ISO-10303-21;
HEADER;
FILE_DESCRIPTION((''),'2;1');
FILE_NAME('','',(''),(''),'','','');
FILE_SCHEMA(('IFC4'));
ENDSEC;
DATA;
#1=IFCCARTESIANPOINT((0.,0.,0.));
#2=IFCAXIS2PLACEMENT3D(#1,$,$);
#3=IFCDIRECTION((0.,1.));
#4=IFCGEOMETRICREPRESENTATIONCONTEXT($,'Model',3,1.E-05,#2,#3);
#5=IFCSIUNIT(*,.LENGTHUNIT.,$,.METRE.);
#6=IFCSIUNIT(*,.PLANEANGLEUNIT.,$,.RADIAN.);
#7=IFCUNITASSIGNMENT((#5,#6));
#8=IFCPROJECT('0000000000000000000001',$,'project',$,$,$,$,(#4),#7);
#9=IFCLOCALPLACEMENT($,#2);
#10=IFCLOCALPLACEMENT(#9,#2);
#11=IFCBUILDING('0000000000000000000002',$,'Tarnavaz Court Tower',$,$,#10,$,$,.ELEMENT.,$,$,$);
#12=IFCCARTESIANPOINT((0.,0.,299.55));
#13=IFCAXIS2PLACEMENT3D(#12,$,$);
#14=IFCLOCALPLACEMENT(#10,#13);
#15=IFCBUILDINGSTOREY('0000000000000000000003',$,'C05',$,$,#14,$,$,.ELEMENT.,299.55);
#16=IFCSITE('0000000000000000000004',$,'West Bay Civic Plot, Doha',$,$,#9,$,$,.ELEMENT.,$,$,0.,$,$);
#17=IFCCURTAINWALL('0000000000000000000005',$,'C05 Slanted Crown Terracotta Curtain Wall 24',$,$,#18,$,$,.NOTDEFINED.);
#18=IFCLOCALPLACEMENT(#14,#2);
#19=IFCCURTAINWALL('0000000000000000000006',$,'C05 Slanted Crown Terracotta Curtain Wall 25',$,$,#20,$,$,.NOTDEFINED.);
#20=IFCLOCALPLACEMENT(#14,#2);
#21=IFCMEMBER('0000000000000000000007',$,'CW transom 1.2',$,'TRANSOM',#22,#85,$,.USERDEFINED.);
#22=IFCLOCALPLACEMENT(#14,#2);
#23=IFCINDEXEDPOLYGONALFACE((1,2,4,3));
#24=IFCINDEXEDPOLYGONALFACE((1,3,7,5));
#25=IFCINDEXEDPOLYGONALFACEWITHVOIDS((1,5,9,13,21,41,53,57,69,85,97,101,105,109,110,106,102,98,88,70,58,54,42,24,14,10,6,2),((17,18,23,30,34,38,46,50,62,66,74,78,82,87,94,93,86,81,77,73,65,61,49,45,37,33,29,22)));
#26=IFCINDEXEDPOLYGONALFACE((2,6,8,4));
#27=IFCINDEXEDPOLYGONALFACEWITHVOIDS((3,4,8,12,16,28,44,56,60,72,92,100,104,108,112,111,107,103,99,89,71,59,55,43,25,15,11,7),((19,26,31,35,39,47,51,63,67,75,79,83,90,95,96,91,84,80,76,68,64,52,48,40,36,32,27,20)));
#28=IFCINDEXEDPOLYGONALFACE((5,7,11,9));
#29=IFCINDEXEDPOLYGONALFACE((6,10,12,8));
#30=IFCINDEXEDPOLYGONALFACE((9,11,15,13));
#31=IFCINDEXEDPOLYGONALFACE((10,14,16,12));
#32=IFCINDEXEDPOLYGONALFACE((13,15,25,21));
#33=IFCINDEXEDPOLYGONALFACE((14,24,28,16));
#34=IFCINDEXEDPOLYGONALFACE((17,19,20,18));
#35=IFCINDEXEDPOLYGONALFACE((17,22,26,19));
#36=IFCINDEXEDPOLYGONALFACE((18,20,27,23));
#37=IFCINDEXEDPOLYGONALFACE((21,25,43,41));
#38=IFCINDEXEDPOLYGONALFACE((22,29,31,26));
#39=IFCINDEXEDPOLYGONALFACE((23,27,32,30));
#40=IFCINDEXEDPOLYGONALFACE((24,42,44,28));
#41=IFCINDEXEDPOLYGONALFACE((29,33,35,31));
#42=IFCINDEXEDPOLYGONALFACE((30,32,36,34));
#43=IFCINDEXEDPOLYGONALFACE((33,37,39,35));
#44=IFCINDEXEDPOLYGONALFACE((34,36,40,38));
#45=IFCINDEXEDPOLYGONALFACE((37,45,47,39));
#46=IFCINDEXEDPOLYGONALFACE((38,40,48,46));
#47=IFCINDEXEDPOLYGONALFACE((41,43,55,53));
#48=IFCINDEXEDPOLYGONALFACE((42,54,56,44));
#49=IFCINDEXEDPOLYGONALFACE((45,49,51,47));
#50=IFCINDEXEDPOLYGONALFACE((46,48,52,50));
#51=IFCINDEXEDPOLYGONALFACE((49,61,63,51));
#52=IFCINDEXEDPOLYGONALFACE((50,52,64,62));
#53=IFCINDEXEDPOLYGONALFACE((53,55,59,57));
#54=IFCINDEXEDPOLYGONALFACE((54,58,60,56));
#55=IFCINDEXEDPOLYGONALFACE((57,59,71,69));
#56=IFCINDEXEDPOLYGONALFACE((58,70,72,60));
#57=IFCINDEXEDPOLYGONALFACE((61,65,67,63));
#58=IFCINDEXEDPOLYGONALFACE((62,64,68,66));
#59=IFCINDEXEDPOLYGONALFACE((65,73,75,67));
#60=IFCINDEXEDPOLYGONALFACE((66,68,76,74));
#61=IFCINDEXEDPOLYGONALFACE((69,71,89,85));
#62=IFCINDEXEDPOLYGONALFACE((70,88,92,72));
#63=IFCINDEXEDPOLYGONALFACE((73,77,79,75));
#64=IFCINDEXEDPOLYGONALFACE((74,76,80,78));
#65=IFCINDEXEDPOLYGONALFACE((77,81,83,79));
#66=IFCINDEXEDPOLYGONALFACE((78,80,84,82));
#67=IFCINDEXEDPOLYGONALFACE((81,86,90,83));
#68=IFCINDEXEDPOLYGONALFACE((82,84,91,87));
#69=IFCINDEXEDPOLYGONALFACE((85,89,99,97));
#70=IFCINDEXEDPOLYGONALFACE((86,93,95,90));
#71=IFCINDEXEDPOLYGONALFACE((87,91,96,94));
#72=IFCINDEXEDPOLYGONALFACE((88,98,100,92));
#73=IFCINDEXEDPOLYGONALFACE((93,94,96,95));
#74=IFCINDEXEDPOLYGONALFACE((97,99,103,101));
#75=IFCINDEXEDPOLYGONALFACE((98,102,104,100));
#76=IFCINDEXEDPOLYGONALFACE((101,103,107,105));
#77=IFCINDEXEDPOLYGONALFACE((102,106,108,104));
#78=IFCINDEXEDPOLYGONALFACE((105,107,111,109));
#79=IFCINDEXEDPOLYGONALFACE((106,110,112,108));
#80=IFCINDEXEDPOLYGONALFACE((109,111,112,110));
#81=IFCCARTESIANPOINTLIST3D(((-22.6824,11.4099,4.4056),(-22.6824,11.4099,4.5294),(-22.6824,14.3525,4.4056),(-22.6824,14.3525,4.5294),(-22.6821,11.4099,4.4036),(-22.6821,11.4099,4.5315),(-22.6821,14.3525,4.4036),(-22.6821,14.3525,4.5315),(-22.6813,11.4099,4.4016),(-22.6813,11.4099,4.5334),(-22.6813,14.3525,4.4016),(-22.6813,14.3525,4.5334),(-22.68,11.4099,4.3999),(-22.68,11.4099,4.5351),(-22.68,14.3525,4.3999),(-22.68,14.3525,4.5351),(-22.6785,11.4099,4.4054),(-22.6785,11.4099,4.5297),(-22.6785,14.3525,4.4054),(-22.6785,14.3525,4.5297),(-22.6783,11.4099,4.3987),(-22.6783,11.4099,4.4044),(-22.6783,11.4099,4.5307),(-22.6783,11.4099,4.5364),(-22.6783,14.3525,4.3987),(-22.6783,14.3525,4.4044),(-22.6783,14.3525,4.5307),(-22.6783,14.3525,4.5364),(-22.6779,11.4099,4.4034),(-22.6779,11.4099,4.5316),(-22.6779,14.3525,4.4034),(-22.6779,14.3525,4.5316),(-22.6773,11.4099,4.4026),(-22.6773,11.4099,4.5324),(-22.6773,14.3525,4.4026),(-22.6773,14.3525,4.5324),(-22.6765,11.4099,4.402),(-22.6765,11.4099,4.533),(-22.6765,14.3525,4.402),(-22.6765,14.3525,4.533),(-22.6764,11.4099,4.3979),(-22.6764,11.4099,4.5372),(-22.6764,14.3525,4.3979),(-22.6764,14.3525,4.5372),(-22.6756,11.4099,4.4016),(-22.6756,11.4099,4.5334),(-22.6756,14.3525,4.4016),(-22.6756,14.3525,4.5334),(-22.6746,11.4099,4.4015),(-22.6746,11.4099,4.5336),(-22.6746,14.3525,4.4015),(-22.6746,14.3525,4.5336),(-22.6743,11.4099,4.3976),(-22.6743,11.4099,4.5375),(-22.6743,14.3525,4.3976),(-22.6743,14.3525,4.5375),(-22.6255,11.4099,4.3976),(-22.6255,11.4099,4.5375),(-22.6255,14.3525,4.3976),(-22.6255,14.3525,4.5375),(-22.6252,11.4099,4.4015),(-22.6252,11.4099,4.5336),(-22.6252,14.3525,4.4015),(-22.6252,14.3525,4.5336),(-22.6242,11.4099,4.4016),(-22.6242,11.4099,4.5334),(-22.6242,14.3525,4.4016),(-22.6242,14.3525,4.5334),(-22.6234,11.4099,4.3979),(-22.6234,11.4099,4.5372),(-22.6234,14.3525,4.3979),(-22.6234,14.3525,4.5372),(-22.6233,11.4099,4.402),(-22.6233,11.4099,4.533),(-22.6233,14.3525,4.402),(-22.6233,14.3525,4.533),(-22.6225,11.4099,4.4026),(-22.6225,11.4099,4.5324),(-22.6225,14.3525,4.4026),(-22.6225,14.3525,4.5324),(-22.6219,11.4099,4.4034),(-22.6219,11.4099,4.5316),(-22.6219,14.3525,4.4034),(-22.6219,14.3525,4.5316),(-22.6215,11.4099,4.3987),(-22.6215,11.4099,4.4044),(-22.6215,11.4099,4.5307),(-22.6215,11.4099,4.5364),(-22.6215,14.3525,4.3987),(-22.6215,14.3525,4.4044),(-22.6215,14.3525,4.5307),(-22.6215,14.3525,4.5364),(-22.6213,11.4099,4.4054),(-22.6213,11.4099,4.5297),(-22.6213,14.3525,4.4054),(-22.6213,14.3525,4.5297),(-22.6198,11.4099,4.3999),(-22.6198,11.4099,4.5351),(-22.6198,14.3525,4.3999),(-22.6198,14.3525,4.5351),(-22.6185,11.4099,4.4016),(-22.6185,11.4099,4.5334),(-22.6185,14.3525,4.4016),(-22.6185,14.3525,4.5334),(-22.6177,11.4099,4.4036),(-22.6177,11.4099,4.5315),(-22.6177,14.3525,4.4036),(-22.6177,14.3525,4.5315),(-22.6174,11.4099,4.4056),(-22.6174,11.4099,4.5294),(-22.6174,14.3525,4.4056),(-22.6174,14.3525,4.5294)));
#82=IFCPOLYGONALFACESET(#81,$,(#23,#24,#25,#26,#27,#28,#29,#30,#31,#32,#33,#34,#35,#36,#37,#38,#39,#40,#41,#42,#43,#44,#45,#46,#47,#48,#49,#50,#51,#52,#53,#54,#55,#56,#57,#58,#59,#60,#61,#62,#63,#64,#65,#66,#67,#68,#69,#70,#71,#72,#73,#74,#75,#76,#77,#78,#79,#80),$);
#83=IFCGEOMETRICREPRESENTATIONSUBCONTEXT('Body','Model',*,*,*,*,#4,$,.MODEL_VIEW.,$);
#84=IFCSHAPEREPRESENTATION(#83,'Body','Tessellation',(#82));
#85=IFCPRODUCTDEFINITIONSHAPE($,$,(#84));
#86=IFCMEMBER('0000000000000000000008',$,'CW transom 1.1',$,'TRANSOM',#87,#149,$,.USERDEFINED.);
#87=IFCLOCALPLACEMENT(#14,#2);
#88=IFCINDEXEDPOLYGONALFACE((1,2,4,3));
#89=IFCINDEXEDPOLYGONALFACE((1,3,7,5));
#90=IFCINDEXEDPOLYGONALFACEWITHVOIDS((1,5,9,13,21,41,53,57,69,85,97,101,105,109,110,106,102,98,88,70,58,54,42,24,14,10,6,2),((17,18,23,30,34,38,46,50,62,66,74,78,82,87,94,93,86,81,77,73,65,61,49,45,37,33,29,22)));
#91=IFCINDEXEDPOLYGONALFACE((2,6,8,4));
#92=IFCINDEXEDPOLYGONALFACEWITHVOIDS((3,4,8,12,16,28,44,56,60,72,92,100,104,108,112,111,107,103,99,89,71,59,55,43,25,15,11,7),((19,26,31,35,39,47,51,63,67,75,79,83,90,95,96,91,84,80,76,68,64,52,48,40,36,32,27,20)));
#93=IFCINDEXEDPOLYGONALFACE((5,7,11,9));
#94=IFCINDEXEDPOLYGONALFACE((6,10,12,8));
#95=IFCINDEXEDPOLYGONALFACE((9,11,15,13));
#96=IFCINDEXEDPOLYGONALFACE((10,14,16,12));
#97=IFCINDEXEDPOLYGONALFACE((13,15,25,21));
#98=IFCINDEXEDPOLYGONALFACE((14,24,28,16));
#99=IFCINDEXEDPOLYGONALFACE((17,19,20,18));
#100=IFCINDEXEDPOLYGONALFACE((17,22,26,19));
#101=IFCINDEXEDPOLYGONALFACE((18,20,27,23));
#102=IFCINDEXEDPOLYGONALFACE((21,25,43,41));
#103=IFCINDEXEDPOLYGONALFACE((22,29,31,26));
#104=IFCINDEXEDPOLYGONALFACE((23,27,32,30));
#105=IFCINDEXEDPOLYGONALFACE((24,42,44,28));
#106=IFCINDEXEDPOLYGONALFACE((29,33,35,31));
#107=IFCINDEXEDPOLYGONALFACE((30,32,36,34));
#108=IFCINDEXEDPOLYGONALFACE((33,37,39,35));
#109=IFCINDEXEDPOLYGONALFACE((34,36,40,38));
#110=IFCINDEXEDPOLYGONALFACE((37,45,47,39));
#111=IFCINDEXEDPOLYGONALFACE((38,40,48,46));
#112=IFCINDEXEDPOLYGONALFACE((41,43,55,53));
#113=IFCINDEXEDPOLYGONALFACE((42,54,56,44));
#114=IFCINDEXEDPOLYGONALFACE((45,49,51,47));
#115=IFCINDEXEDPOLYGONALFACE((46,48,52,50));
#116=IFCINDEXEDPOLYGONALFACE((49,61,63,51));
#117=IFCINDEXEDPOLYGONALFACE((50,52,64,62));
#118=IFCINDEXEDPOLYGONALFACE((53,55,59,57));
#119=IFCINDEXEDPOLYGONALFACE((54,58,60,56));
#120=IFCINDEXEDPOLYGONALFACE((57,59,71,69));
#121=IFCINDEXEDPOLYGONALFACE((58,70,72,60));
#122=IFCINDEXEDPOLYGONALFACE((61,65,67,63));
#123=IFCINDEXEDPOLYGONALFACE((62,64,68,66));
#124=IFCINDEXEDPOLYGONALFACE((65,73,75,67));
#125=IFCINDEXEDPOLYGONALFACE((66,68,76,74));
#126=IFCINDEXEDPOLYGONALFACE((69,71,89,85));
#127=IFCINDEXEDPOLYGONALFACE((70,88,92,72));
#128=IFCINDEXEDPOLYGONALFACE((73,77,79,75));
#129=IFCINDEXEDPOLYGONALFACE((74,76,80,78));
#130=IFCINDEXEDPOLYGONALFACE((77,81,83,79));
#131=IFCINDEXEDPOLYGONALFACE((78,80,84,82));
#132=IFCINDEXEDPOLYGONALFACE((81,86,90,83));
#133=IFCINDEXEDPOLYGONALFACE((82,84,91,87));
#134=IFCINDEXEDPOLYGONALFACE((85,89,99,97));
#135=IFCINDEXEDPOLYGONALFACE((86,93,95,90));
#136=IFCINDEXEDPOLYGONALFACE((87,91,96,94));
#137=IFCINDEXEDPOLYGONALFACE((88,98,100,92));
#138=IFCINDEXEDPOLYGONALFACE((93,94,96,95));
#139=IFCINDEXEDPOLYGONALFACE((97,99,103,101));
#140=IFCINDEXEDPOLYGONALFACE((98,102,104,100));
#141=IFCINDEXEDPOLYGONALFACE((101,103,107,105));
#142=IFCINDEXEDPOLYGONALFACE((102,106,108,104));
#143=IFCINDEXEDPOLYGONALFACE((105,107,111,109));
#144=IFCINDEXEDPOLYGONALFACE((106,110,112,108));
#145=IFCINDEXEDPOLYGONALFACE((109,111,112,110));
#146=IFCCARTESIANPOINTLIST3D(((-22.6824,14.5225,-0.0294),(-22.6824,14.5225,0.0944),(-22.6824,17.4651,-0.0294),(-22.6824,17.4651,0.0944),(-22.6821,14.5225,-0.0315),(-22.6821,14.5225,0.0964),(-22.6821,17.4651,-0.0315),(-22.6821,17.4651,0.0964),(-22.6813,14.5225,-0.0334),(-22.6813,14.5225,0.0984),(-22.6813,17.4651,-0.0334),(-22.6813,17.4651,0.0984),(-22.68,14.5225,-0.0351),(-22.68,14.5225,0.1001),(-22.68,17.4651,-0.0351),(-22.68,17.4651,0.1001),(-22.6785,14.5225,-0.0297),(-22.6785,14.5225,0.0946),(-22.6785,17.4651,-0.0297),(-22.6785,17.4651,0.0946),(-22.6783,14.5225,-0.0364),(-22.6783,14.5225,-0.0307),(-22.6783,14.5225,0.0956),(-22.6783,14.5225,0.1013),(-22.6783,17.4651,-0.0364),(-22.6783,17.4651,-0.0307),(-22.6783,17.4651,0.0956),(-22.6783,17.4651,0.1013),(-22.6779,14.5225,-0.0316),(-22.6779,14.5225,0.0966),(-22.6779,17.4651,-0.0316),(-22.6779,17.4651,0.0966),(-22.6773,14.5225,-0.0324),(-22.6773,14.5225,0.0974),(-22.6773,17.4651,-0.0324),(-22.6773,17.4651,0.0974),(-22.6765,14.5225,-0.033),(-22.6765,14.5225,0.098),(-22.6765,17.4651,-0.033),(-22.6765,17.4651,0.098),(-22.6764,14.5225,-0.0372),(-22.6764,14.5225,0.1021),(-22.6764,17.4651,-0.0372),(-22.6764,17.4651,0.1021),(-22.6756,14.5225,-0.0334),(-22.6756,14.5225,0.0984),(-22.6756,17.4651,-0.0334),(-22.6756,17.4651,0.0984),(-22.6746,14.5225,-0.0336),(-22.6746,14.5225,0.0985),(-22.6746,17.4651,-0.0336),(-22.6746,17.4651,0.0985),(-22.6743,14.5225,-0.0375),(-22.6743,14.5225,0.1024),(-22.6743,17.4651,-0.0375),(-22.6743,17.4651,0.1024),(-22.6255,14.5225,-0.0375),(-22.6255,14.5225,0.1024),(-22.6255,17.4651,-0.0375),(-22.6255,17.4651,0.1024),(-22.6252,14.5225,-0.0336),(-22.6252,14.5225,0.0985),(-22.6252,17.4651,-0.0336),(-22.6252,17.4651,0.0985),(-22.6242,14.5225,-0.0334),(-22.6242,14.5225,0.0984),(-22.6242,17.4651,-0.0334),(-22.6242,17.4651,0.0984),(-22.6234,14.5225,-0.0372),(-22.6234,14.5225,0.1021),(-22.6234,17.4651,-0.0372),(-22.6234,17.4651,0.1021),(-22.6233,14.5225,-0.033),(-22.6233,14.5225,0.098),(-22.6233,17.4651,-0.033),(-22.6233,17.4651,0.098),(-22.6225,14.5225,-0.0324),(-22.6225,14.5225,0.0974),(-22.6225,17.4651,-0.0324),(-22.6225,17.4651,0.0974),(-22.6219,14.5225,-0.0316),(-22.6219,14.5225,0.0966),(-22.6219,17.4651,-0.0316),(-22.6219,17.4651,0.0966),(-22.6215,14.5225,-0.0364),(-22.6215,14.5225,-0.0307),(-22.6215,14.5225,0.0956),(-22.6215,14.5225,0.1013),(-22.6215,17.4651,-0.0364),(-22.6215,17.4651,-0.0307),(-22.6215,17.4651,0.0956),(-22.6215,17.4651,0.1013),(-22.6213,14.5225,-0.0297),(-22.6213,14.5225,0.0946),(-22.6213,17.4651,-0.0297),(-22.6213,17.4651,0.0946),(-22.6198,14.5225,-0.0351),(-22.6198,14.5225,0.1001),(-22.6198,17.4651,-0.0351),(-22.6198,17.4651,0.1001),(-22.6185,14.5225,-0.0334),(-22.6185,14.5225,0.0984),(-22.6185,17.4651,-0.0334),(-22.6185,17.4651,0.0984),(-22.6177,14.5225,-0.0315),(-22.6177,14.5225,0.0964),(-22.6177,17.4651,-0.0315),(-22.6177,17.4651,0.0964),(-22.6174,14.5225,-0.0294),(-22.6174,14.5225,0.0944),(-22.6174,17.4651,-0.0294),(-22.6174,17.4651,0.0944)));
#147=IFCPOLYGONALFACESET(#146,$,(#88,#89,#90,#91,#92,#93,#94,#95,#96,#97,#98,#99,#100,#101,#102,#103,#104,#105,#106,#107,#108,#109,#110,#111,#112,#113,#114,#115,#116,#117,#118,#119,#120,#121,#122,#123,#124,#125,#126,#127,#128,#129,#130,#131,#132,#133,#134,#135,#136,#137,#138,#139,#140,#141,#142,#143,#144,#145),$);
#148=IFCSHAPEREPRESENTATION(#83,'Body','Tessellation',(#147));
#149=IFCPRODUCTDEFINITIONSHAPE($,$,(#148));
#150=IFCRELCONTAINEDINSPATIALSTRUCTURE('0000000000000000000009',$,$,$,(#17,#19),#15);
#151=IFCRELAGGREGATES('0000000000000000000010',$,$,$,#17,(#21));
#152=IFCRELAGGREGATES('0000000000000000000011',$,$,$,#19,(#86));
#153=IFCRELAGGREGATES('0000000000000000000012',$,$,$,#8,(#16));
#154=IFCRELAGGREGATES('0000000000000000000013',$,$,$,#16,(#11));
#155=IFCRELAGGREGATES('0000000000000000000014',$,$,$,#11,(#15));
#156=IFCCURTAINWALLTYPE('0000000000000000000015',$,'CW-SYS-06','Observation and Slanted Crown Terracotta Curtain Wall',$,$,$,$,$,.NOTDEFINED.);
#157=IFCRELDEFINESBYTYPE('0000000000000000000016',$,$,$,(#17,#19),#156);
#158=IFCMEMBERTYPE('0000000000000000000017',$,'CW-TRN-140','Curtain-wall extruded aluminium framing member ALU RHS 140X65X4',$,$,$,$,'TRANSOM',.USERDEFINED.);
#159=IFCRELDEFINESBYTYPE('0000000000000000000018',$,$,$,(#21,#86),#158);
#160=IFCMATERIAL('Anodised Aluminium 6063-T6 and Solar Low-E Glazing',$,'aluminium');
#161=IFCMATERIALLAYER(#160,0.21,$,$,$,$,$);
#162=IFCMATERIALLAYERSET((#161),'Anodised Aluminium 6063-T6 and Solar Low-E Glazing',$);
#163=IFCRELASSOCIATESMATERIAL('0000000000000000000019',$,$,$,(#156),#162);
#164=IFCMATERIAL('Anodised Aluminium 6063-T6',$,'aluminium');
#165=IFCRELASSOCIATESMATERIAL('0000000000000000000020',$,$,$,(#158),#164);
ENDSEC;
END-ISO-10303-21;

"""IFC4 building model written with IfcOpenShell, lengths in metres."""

from ifc_helpers import new_model, si_unit, direction, frame, origin, origin_2d, place, context, subcontext, project, spatial, hollow_rectangle, extrude, material, layer, layer_set, material_profile, profile_set, type_object, element, aggregate, save


model = new_model("IFC4")

# Units and contexts
model_context = context("Model", 3, precision=1e-05, world=origin(), true_north=direction((0.0, 1.0)))
body_context = subcontext(model_context, "Body", "Model", "MODEL_VIEW")
ifc_project = project(units=[si_unit("LENGTHUNIT", "METRE"), si_unit("PLANEANGLEUNIT", "RADIAN")], contexts=[model_context])

# Site, building, storey
site_placement = place(None, origin())
site = spatial("IfcSite", under=ifc_project, at=site_placement, Name="West Bay Civic Plot, Doha", CompositionType="ELEMENT", RefElevation=0.0)
building_placement = place(site_placement, origin())
building = spatial("IfcBuilding", under=site, at=building_placement, Name="Tarnavaz Court Tower", CompositionType="ELEMENT")
storey_placement = place(building_placement, frame((0.0, 0.0, 299.55)))
storey = spatial("IfcBuildingStorey", under=building, at=storey_placement, Name="C05", CompositionType="ELEMENT", Elevation=299.55)

# Shared definitions
ifc_material_1 = material(Name="Anodised Aluminium 6063-T6 and Solar Low-E Glazing", Category="aluminium")
ifc_layer_1 = layer(ifc_material_1, 0.21)
ifc_layer_set_1 = layer_set([ifc_layer_1], Name="Anodised Aluminium 6063-T6 and Solar Low-E Glazing")
curtain_wall_type = type_object("IfcCurtainWallType", Name="CW-SYS-06", Description="Observation and Slanted Crown Terracotta Curtain Wall", PredefinedType="NOTDEFINED", material=ifc_layer_set_1)
ifc_material_2 = material(Name="Anodised Aluminium 6063-T6", Category="aluminium")

# Curtain walls
curtain_wall_1_placement = place(storey_placement, origin())
curtain_wall_1 = element("IfcCurtainWall", 1, at=curtain_wall_1_placement, inside=storey, type_object=curtain_wall_type, Name="C05 Slanted Crown Terracotta Curtain Wall 24", PredefinedType="NOTDEFINED")
curtain_wall_2_placement = place(storey_placement, origin())
curtain_wall_2 = element("IfcCurtainWall", 2, at=curtain_wall_2_placement, inside=storey, type_object=curtain_wall_type, Name="C05 Slanted Crown Terracotta Curtain Wall 25", PredefinedType="NOTDEFINED")

# Members
ifc_material_profile_1 = material_profile(ifc_material_2, hollow_rectangle(XDim=0.0649, YDim=0.1399, WallThickness=0.0039, InnerFilletRadius=0.0039, OuterFilletRadius=0.0081, at=origin_2d()), Name="ALU RHS 140X65X4")
ifc_profile_set_1 = profile_set([ifc_material_profile_1], Name="Anodised Aluminium 6063-T6")
member_type_1 = type_object("IfcMemberType", Name="CW-TRN-140", Description="Curtain-wall extruded aluminium framing member ALU RHS 140X65X4", ElementType="TRANSOM", PredefinedType="USERDEFINED", material=ifc_profile_set_1)
member_1_placement = place(storey_placement, frame((-22.6499, 11.4099, 4.4675), z_axis=(0.0, 1.0, 0.0), x_axis=(-1.0, 0.0, 0.0)))
member_1 = element("IfcMember", 3, at=member_1_placement, type_object=member_type_1, Name="CW transom 1.2", ObjectType="TRANSOM", PredefinedType="USERDEFINED", context=body_context, shape_type="SweptSolid", body=[
    extrude(hollow_rectangle(XDim=0.0649, YDim=0.1399, WallThickness=0.0039, InnerFilletRadius=0.0039, OuterFilletRadius=0.0081, at=origin_2d()), origin(), (0.0, 0.0, 1.0), 2.9426),
])
member_2_placement = place(storey_placement, frame((-22.6499, 14.5225, 0.0325), z_axis=(0.0, 1.0, 0.0), x_axis=(-1.0, 0.0, 0.0)))
member_2 = element("IfcMember", 4, at=member_2_placement, type_object=member_type_1, Name="CW transom 1.1", ObjectType="TRANSOM", PredefinedType="USERDEFINED", context=body_context, shape_type="SweptSolid", body=[
    extrude(hollow_rectangle(XDim=0.0649, YDim=0.1399, WallThickness=0.0039, InnerFilletRadius=0.0039, OuterFilletRadius=0.0081, at=origin_2d()), origin(), (0.0, 0.0, 1.0), 2.9426),
])

aggregate(curtain_wall_1, [member_1])
aggregate(curtain_wall_2, [member_2])

save(model, "model.ifc")
